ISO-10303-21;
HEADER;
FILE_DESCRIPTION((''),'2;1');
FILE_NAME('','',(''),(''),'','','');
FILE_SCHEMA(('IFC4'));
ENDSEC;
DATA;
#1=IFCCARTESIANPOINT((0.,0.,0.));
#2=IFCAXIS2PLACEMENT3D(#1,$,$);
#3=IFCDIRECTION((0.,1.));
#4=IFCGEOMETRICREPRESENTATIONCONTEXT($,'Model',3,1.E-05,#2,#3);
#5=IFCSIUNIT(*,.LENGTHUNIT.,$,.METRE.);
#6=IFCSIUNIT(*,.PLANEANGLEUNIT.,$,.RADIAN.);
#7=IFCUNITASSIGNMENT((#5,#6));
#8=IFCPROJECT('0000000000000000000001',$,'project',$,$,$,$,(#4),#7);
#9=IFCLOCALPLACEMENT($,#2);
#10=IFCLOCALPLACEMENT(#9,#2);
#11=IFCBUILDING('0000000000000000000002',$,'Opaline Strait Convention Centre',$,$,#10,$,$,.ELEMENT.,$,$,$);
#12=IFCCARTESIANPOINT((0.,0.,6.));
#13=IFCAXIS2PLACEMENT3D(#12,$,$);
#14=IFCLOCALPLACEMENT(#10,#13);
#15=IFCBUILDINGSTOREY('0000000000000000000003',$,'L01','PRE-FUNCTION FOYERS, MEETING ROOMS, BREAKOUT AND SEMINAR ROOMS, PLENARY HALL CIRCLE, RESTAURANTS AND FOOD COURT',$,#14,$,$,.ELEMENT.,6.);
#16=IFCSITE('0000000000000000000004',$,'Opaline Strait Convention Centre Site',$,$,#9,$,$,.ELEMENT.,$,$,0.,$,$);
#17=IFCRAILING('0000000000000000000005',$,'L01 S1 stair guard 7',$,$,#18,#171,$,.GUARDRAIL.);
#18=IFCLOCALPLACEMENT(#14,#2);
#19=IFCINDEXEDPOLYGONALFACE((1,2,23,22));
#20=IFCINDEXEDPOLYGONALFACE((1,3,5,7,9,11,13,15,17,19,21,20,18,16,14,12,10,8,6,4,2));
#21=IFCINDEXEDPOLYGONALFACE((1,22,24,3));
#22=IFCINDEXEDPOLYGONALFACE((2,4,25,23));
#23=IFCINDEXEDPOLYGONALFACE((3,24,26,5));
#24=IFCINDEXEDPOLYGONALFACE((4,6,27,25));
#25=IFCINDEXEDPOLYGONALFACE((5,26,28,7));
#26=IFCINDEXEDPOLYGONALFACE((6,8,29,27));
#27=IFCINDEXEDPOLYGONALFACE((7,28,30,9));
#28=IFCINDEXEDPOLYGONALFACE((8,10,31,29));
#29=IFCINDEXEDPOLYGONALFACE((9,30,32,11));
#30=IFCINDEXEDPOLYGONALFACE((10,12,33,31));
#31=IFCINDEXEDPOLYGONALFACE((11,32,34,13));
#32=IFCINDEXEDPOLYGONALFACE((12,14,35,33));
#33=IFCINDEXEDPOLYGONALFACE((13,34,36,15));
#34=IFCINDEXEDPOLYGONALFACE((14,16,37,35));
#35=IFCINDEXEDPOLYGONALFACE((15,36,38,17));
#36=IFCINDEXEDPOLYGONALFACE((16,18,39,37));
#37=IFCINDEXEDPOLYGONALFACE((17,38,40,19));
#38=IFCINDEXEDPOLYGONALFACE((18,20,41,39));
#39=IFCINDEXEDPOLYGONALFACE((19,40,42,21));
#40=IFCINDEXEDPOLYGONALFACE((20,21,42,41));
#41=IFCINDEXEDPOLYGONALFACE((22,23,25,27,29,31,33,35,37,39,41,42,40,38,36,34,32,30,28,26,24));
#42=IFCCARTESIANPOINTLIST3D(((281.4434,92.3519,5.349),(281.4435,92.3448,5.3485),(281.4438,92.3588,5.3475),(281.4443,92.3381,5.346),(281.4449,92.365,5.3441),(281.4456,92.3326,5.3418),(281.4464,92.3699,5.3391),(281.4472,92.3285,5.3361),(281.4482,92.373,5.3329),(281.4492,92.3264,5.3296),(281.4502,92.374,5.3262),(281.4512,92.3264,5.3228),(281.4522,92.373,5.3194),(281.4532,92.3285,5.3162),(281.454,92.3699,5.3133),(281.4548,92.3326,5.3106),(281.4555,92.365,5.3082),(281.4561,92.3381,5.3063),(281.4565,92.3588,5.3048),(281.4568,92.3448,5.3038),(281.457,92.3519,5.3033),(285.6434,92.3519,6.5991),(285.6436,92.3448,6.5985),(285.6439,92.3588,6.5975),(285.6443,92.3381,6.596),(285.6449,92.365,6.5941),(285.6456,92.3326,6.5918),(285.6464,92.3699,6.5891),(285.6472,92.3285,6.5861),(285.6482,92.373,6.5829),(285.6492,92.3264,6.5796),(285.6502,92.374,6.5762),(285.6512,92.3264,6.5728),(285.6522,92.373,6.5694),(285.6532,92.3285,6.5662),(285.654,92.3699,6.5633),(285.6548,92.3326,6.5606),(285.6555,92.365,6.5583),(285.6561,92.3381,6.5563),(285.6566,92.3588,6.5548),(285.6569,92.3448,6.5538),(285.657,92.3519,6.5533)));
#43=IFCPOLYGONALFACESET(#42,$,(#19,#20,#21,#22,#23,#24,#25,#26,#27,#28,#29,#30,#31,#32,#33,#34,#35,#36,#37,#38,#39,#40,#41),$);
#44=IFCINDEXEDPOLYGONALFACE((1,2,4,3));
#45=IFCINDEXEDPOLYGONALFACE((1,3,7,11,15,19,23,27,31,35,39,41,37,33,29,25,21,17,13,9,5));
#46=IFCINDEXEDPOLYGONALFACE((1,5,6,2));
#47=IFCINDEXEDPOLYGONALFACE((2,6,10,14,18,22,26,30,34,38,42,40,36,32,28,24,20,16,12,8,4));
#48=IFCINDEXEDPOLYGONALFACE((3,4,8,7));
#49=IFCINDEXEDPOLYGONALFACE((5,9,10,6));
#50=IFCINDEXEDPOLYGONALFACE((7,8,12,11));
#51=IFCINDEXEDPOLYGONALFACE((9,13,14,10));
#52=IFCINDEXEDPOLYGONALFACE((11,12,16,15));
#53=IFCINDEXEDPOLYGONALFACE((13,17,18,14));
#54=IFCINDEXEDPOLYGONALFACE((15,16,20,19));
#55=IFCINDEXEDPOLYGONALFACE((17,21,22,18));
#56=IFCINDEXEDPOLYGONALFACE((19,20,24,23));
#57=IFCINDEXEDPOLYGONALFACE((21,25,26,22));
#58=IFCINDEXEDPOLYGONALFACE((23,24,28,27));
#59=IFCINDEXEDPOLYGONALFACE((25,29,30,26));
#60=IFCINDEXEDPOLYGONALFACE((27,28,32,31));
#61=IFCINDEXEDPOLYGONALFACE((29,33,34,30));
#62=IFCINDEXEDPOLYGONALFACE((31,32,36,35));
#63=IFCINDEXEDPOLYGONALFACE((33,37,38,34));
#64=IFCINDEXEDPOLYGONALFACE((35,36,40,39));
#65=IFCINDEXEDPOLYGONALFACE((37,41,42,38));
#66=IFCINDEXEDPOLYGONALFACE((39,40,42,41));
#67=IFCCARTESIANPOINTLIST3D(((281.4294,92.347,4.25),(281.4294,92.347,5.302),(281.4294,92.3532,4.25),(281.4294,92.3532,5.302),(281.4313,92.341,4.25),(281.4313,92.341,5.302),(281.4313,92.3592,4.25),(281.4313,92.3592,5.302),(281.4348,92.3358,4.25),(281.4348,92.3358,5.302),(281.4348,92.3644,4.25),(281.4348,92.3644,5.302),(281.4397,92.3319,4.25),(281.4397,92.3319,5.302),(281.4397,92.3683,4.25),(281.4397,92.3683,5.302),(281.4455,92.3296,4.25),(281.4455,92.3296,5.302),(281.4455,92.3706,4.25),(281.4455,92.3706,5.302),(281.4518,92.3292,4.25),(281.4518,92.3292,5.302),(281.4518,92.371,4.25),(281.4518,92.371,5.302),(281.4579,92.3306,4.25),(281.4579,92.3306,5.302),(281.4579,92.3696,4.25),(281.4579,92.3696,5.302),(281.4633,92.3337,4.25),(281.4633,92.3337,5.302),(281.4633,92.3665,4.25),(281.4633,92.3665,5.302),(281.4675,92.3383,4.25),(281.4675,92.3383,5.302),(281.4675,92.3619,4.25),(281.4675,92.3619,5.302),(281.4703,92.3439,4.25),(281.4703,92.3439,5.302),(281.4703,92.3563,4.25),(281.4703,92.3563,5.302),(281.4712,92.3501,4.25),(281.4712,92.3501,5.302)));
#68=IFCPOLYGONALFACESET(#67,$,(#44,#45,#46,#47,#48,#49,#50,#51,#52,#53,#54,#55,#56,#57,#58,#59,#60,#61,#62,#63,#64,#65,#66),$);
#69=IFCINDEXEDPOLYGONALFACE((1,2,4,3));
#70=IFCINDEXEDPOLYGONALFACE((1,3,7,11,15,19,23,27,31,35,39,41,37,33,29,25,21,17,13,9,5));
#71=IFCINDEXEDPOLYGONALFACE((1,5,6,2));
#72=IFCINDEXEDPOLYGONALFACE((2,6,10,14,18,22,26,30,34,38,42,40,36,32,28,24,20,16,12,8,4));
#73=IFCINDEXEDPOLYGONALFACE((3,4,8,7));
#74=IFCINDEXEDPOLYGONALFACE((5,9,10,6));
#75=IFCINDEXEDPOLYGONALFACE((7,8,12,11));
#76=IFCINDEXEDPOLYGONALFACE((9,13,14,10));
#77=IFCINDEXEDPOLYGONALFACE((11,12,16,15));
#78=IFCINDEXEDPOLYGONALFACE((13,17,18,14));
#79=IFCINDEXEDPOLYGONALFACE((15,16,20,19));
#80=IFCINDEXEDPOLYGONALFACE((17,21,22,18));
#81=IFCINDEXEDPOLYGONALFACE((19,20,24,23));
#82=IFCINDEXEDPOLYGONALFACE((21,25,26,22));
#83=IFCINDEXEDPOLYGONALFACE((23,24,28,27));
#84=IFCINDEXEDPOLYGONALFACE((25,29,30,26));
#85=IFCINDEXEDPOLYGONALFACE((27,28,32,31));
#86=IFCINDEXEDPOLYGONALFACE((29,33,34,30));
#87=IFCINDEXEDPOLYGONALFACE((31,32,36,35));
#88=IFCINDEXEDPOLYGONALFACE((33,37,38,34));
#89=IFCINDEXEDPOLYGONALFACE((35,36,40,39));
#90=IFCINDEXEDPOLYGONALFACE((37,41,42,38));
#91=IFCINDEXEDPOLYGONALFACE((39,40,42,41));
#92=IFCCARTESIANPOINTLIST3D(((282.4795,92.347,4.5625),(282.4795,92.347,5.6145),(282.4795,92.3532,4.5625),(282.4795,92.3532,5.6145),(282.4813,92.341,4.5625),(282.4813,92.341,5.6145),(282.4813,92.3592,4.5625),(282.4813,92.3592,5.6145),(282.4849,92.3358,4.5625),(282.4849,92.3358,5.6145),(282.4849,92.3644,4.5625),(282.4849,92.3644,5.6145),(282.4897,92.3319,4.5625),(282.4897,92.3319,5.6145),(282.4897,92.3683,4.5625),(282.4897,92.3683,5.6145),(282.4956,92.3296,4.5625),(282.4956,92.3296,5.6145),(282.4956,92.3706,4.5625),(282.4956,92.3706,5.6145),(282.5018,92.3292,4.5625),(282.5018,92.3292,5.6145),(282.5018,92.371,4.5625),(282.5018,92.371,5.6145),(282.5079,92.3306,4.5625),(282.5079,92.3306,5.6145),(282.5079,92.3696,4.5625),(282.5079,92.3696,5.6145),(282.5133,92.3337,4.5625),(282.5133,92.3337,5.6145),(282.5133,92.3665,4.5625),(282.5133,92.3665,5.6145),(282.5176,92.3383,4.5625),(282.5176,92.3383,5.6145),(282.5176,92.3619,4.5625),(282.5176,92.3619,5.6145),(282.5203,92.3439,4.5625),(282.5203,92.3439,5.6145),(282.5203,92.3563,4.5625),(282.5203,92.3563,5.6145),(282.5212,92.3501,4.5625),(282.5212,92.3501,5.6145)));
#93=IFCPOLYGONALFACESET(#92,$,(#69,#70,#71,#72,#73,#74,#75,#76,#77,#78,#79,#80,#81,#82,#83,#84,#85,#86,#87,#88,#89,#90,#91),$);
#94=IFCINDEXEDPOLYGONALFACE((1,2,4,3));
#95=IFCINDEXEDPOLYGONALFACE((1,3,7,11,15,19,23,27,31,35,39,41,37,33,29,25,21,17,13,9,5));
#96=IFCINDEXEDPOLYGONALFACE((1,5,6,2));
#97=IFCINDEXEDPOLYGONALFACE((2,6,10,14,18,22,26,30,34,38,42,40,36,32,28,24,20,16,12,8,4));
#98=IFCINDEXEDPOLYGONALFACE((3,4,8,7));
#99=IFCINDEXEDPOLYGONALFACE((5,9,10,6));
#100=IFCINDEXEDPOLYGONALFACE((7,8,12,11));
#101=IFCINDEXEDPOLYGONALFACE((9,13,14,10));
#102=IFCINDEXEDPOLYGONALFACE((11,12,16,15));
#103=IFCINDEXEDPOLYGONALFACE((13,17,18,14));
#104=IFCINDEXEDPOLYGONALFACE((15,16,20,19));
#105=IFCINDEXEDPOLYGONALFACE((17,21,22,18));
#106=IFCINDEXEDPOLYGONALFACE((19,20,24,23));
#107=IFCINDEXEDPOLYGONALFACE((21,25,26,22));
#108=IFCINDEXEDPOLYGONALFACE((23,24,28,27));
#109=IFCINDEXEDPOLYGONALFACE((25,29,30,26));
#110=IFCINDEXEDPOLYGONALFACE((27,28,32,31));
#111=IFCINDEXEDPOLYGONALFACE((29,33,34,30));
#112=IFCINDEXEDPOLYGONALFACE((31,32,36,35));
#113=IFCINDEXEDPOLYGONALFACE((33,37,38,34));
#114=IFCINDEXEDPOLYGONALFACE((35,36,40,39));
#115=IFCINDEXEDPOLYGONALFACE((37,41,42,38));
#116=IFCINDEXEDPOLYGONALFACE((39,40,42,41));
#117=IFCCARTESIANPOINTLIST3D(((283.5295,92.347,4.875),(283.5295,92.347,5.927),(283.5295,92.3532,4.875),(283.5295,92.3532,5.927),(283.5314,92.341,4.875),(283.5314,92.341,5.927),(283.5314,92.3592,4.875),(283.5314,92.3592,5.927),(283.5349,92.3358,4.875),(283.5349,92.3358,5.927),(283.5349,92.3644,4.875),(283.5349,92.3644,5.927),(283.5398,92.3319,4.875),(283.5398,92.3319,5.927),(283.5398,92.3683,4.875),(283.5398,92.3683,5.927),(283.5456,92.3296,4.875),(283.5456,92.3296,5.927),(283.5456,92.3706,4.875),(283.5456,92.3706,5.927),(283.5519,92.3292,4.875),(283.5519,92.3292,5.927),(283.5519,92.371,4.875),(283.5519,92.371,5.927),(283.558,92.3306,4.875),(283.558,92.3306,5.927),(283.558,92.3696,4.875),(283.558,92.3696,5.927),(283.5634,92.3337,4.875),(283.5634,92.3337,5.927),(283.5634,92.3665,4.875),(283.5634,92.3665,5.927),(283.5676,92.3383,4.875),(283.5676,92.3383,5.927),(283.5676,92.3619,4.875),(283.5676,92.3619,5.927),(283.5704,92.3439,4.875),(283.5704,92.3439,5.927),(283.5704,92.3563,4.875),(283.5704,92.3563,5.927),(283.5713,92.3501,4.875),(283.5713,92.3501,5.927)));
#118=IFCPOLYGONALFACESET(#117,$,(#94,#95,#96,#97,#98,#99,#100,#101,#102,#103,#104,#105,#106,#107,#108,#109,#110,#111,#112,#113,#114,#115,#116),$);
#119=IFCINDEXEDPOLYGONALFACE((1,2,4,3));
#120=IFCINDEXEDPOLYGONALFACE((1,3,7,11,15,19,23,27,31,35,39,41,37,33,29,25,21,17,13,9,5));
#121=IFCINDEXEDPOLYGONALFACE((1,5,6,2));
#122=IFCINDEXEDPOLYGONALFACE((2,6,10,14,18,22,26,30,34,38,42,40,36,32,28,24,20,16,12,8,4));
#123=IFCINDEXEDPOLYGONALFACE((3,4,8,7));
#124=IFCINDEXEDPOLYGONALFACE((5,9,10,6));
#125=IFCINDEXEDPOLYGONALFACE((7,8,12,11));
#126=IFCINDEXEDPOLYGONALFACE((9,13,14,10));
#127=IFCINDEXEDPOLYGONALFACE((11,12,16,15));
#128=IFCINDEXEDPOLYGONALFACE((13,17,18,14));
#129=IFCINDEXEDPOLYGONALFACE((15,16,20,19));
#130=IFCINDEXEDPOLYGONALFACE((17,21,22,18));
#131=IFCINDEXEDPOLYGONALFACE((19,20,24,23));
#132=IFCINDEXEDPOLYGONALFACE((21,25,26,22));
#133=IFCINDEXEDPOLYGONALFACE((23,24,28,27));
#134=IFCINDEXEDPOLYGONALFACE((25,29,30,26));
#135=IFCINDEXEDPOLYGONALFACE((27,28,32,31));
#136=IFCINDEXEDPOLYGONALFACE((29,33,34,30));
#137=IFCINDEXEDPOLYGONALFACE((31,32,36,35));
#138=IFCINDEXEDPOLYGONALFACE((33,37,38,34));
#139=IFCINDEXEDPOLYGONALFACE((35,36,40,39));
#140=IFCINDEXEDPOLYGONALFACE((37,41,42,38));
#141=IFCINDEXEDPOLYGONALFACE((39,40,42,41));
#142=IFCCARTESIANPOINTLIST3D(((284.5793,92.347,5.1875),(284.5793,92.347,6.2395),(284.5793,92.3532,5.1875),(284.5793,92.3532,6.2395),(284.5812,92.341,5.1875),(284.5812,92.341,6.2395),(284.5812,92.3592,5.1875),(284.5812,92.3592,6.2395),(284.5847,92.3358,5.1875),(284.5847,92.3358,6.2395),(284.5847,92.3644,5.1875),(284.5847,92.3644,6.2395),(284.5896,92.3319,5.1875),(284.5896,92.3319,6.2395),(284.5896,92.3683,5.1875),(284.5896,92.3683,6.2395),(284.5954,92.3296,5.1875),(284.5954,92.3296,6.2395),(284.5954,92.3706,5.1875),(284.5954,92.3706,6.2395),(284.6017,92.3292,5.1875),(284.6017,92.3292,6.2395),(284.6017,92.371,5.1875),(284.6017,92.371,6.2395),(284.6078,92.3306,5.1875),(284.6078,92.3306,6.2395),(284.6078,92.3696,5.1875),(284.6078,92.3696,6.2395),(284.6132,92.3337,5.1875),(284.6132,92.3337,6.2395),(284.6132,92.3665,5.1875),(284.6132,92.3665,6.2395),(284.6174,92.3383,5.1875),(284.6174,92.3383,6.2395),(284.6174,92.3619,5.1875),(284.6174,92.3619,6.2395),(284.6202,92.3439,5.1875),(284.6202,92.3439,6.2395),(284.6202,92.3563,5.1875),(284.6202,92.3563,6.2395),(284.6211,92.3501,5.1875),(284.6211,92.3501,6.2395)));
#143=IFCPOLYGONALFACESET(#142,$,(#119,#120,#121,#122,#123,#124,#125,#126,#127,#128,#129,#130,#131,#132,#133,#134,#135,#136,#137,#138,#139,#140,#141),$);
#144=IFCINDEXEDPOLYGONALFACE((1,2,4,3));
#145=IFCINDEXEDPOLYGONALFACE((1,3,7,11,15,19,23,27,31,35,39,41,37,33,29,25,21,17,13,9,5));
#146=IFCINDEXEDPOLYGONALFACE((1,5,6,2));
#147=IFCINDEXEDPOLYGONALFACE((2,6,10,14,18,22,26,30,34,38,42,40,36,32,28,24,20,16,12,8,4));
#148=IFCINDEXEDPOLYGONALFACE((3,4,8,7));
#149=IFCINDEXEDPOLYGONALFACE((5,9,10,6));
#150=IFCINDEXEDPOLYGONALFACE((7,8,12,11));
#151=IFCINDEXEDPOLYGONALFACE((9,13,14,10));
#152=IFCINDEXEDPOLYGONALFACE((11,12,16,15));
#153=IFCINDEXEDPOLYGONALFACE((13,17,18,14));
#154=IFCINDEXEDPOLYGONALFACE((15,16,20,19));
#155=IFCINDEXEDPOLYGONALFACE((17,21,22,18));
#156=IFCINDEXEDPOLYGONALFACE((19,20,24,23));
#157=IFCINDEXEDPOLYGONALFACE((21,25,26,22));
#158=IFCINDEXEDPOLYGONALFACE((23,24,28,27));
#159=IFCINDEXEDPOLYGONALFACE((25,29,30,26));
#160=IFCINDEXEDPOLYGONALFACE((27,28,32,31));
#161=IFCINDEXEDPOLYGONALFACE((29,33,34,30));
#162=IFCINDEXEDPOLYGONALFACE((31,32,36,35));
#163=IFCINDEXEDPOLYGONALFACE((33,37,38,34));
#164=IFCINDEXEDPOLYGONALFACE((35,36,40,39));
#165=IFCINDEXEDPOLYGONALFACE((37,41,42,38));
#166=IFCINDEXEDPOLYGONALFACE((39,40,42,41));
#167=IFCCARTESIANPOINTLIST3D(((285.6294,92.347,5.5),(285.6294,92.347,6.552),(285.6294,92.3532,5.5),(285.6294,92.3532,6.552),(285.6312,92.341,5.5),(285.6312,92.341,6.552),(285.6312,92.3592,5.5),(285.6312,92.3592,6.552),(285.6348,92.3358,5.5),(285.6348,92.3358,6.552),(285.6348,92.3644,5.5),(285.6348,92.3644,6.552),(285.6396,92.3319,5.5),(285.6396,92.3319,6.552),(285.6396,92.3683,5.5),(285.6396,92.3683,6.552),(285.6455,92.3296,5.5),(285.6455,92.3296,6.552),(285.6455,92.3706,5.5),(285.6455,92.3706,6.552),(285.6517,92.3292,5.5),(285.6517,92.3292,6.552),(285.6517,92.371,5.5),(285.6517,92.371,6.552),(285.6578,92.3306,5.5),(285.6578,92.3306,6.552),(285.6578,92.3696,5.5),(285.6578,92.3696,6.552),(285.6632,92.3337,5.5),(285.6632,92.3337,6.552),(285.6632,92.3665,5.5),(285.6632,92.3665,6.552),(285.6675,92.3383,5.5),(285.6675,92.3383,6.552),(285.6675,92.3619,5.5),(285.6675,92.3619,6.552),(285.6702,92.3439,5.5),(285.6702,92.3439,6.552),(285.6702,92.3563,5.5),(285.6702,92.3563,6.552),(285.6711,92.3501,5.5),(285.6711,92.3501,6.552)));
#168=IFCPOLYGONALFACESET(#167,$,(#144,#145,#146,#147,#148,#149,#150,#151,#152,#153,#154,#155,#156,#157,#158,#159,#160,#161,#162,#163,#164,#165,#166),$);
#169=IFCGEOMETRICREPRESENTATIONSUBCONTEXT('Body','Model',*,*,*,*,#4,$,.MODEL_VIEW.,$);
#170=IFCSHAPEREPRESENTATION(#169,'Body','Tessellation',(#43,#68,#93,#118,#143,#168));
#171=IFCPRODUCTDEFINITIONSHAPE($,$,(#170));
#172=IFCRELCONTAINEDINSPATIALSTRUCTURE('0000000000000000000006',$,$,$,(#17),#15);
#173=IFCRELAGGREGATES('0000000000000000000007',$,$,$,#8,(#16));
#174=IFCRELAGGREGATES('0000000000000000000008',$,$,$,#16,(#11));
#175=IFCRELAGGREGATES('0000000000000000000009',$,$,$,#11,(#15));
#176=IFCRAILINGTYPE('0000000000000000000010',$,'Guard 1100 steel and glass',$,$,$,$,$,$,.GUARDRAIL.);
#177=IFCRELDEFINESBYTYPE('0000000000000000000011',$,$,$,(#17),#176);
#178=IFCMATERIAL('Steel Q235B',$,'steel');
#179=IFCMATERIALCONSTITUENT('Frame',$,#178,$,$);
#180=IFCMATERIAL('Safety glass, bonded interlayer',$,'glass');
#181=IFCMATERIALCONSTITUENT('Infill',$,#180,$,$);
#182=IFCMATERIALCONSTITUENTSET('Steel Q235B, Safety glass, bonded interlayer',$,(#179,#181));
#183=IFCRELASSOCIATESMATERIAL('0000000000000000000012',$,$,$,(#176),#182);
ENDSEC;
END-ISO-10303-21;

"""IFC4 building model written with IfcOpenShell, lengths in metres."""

from ifc_helpers import new_model, si_unit, direction, frame, origin, origin_2d, place, context, subcontext, project, spatial, circle, extrude, material, constituent, constituent_set, type_object, element, save


model = new_model("IFC4")

# Units and contexts
model_context = context("Model", 3, precision=1e-05, world=origin(), true_north=direction((0.0, 1.0)))
body_context = subcontext(model_context, "Body", "Model", "MODEL_VIEW")
ifc_project = project(units=[si_unit("LENGTHUNIT", "METRE"), si_unit("PLANEANGLEUNIT", "RADIAN")], contexts=[model_context])

# Site, building, storey
site_placement = place(None, origin())
site = spatial("IfcSite", under=ifc_project, at=site_placement, Name="Opaline Strait Convention Centre Site", CompositionType="ELEMENT", RefElevation=0.0)
building_placement = place(site_placement, origin())
building = spatial("IfcBuilding", under=site, at=building_placement, Name="Opaline Strait Convention Centre", CompositionType="ELEMENT")
storey_placement = place(building_placement, frame((0.0, 0.0, 6.0)))
storey = spatial("IfcBuildingStorey", under=building, at=storey_placement, Name="L01", Description="PRE-FUNCTION FOYERS, MEETING ROOMS, BREAKOUT AND SEMINAR ROOMS, PLENARY HALL CIRCLE, RESTAURANTS AND FOOD COURT", CompositionType="ELEMENT", Elevation=6.0)

# Railing
ifc_material_1 = material(Name="Steel Q235B", Category="steel")
ifc_constituent_1 = constituent(ifc_material_1, Name="Frame")
ifc_material_2 = material(Name="Safety glass, bonded interlayer", Category="glass")
ifc_constituent_2 = constituent(ifc_material_2, Name="Infill")
ifc_constituent_set = constituent_set(constituents=[ifc_constituent_1, ifc_constituent_2], Name="Steel Q235B, Safety glass, bonded interlayer")
railing_type_1 = type_object("IfcRailingType", Name="Guard 1100 steel and glass", PredefinedType="GUARDRAIL", material=ifc_constituent_set)
railing_1_placement = place(storey_placement, frame((281.4502, 92.3501, 4.25)))
element("IfcRailing", 1, at=railing_1_placement, inside=storey, type_object=railing_type_1, Name="L01 S1 stair guard 7", PredefinedType="GUARDRAIL", context=body_context, shape_type="SweptSolid", body=[
    extrude(circle(Radius=0.0239, at=origin_2d()), frame((0.0, 0.0, 1.0762), z_axis=(0.958451, 0.0, 0.285257), x_axis=(0.0, 1.0, 0.0)), (0.0, 0.0, 1.0), 4.3821),
    extrude(circle(Radius=0.021, at=origin_2d()), origin(), (0.0, 0.0, 1.0), 1.052),
    extrude(circle(Radius=0.021, at=origin_2d()), frame((1.05, 0.0, 0.3125)), (0.0, 0.0, 1.0), 1.052),
    extrude(circle(Radius=0.021, at=origin_2d()), frame((2.1001, 0.0, 0.625)), (0.0, 0.0, 1.0), 1.052),
    extrude(circle(Radius=0.021, at=origin_2d()), frame((3.1499, 0.0, 0.9375)), (0.0, 0.0, 1.0), 1.052),
    extrude(circle(Radius=0.021, at=origin_2d()), frame((4.2, 0.0, 1.25)), (0.0, 0.0, 1.0), 1.052),
])

save(model, "model.ifc")
